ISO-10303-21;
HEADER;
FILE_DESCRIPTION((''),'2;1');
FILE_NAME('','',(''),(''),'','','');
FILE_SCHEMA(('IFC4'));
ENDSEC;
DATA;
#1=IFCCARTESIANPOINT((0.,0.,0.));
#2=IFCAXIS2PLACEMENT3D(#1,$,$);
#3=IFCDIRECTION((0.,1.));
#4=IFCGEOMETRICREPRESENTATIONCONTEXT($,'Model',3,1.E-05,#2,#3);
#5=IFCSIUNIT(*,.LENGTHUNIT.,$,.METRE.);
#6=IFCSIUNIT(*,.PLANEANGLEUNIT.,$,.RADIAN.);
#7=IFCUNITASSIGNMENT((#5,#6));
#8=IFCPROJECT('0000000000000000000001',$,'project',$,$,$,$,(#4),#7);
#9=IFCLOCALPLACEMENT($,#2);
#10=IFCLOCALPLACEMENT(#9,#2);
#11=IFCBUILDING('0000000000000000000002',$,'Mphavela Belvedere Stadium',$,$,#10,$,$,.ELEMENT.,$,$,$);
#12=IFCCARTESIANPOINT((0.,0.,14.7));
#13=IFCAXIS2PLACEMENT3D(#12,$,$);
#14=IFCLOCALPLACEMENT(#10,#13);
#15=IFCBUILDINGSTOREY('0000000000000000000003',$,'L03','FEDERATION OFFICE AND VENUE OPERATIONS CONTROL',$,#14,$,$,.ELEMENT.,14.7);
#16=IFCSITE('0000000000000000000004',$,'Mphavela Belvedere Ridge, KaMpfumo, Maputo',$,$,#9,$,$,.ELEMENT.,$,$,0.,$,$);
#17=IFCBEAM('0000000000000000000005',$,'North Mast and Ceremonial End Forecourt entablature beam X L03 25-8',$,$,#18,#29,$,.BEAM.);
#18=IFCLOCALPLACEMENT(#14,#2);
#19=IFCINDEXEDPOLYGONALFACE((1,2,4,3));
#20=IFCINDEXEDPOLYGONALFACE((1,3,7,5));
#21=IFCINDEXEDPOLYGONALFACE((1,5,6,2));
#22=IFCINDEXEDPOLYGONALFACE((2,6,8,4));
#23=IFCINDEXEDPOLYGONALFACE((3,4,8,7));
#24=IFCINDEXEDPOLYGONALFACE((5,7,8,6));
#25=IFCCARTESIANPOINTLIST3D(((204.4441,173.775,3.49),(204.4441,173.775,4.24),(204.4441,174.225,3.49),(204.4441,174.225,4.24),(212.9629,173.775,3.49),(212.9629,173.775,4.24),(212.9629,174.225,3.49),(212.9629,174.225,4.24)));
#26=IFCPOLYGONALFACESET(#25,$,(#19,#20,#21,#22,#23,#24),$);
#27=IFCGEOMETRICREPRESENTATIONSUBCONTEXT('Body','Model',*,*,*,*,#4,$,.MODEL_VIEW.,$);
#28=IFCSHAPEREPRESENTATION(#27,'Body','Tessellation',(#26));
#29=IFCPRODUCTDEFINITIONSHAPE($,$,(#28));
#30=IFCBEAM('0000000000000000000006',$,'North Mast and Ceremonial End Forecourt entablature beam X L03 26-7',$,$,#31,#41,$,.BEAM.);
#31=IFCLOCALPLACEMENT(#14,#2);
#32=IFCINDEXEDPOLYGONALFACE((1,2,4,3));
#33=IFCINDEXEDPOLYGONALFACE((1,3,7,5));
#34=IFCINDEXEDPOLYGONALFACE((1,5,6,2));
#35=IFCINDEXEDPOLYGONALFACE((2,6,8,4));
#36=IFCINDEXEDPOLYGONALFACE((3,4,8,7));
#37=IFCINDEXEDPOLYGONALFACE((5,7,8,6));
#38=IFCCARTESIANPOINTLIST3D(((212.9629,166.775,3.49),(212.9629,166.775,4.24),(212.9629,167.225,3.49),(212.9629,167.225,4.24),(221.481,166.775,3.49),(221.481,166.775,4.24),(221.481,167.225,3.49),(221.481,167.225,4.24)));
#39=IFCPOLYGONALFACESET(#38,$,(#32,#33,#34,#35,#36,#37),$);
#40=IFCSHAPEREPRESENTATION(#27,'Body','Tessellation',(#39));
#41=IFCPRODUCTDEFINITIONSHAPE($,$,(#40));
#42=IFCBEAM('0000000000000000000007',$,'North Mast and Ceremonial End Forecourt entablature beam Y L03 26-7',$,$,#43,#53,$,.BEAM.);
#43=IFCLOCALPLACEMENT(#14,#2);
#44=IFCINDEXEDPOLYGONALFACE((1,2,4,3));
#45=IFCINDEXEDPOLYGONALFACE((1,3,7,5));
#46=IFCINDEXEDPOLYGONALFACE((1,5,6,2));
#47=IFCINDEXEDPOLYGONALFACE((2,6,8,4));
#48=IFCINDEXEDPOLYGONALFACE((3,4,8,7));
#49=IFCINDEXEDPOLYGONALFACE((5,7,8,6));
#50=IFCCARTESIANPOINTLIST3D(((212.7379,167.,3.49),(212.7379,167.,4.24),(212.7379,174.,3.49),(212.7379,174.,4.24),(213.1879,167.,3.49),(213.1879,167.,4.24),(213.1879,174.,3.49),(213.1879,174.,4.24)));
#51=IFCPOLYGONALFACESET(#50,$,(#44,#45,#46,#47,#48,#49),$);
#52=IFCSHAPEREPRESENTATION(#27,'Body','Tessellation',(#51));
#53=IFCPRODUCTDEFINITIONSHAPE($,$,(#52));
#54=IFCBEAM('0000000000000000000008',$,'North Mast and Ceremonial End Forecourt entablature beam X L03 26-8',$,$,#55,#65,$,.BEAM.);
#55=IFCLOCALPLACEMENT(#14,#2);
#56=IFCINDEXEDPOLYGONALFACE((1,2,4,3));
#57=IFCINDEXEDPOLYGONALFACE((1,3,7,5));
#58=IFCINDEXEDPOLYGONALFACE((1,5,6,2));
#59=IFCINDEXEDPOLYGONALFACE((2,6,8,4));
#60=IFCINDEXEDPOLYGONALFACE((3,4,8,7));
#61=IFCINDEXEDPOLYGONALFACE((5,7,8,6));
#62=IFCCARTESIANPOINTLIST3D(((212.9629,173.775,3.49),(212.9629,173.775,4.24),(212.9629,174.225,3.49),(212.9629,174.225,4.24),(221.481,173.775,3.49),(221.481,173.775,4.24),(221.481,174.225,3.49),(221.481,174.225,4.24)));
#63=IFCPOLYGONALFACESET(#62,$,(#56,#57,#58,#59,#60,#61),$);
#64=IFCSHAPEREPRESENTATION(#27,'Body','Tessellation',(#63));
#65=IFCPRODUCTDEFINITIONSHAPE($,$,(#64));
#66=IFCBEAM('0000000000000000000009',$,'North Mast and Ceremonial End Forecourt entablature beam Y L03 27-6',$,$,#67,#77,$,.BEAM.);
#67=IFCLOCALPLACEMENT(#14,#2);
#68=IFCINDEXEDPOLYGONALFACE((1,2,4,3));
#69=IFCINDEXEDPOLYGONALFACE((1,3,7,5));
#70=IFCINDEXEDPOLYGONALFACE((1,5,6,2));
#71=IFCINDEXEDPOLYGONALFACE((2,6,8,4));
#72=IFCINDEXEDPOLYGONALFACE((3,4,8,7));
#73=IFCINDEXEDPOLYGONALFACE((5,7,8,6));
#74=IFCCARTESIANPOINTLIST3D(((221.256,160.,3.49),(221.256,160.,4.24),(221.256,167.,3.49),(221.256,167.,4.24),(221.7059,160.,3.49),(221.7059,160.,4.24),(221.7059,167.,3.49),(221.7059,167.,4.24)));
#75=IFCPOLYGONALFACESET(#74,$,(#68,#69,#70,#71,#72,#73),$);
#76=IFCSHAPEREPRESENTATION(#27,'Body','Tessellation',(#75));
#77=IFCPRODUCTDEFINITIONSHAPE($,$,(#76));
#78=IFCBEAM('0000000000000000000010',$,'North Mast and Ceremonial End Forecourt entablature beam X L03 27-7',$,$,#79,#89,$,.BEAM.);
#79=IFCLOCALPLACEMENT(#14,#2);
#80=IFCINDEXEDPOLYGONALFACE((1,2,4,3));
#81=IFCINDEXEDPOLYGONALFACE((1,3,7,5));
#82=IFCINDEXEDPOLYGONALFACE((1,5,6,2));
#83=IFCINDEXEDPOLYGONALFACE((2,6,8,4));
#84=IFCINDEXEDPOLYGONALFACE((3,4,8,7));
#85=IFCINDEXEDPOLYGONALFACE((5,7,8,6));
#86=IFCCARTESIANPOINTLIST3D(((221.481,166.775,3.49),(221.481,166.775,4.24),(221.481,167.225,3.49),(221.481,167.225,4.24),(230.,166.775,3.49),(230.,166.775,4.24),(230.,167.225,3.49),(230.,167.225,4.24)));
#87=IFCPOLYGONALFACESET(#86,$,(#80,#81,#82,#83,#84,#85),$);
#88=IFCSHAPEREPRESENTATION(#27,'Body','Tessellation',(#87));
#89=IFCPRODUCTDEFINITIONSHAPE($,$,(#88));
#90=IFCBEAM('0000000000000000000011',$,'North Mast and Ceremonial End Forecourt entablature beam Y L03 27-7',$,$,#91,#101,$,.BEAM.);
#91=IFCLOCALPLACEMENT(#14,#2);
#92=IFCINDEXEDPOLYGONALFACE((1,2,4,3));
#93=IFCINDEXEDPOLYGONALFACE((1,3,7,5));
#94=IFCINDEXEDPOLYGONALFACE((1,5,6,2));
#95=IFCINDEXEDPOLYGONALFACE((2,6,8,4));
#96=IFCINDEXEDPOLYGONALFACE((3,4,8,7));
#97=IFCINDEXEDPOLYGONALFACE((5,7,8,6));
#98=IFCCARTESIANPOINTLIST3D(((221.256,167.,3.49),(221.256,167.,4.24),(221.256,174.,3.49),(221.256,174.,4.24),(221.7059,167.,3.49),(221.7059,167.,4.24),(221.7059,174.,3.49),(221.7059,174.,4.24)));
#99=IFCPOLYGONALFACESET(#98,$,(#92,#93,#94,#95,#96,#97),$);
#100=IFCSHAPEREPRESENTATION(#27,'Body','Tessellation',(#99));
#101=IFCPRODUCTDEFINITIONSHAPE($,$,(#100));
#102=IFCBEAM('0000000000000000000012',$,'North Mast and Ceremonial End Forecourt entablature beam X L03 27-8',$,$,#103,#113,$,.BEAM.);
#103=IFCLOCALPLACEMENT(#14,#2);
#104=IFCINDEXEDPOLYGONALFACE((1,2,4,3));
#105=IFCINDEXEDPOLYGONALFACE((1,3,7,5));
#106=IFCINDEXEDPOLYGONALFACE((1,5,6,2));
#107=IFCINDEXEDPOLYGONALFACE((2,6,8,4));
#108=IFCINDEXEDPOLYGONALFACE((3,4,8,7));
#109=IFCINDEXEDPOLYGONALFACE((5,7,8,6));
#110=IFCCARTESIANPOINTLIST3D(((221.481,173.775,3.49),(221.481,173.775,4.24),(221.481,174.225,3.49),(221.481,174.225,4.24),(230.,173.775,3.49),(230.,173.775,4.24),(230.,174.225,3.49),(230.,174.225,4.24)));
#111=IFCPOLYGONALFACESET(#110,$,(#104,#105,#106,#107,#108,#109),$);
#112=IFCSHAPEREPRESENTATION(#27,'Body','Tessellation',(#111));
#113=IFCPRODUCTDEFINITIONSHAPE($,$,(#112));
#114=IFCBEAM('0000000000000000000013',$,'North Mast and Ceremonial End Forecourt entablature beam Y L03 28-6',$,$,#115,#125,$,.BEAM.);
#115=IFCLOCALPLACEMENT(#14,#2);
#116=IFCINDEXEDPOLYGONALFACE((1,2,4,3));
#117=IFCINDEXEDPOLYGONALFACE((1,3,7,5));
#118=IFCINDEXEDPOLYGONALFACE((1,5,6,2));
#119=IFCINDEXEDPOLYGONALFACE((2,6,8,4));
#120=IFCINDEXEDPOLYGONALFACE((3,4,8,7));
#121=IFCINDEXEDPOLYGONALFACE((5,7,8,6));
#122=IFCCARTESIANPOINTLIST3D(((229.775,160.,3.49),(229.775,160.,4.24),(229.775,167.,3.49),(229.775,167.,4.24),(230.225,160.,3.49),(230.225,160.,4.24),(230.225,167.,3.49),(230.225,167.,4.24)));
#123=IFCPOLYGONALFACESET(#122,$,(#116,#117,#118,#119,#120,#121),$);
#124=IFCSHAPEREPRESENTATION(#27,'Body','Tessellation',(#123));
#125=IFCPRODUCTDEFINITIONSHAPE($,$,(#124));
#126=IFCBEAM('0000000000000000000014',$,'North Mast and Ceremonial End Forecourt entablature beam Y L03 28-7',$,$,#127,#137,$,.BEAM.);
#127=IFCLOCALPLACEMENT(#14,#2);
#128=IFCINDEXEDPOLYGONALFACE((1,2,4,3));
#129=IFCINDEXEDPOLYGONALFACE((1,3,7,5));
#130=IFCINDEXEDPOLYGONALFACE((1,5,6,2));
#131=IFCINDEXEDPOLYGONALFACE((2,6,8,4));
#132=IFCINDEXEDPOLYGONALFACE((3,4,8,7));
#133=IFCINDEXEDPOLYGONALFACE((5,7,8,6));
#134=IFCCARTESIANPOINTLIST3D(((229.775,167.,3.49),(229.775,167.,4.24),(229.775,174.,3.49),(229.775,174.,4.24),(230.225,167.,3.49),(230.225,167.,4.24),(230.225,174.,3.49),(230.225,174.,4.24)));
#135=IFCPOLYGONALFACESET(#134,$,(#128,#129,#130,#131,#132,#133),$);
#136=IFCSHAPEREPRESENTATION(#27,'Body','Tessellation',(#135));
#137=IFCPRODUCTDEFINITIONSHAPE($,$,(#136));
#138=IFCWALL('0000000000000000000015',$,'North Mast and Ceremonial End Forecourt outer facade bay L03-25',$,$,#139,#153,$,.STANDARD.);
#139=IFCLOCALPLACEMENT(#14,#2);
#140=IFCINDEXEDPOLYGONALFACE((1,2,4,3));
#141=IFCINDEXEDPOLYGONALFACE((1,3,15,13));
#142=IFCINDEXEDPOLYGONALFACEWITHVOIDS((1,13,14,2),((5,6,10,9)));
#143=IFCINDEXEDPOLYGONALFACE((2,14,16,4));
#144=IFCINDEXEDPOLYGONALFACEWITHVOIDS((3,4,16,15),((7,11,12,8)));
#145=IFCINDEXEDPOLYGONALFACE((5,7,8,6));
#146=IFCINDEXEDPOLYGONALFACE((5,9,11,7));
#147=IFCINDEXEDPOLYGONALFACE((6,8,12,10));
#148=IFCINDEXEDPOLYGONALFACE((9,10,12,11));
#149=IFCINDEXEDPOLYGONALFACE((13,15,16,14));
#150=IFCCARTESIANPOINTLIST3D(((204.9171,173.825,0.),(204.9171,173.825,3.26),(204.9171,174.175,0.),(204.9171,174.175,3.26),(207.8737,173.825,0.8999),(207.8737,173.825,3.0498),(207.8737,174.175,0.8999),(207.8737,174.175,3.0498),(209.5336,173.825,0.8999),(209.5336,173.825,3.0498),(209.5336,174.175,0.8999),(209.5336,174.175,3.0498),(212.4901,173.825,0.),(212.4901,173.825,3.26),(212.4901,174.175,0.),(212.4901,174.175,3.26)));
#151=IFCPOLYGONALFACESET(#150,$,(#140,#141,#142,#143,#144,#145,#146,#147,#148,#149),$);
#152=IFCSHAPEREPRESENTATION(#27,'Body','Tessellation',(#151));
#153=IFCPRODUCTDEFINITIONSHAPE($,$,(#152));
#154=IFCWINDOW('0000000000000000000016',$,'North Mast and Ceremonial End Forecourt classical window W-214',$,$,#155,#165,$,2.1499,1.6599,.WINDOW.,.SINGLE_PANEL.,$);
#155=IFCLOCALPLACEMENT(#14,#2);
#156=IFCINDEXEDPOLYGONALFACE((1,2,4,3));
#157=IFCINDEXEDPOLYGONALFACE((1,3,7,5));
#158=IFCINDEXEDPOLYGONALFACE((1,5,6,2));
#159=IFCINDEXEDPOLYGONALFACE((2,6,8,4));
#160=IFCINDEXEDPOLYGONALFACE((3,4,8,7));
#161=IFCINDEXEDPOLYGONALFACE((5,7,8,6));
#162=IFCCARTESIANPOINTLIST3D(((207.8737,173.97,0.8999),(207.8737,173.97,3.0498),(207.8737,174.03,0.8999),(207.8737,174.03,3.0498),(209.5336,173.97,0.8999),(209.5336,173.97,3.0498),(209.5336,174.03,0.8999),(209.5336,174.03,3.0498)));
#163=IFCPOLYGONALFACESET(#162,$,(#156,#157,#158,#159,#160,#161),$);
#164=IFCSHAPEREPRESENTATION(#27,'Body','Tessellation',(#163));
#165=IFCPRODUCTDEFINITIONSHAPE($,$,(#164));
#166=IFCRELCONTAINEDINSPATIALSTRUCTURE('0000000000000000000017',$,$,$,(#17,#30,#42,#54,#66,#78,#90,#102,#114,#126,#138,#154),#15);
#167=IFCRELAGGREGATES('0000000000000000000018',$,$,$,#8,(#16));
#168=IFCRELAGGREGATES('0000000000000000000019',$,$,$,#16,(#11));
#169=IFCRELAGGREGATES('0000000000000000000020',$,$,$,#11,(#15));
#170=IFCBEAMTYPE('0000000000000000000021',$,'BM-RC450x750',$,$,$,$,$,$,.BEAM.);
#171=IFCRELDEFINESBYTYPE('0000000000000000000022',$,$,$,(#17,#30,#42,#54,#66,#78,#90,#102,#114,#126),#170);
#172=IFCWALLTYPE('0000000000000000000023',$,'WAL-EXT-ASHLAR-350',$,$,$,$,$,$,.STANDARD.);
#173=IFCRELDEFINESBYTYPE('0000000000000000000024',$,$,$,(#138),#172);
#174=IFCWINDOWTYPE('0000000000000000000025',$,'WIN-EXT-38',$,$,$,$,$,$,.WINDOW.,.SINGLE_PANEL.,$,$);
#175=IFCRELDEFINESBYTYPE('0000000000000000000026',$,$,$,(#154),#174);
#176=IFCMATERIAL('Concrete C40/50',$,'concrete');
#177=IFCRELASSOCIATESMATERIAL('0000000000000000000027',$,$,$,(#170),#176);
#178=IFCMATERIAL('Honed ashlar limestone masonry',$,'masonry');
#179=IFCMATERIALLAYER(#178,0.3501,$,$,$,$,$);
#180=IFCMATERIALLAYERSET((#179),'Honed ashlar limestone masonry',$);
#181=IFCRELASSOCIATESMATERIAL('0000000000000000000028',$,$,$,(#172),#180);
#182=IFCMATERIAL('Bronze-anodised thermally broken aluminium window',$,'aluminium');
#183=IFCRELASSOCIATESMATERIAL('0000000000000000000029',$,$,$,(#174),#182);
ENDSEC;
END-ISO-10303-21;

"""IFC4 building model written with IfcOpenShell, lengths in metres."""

from ifc_helpers import new_model, si_unit, direction, frame, frame_2d, origin, origin_2d, place, context, subcontext, project, spatial, rectangle, extrude, material, layer, layer_set, material_profile, profile_set, type_object, element, fill, save


model = new_model("IFC4")

# Units and contexts
model_context = context("Model", 3, precision=1e-05, world=origin(), true_north=direction((0.0, 1.0)))
body_context = subcontext(model_context, "Body", "Model", "MODEL_VIEW")
ifc_project = project(units=[si_unit("LENGTHUNIT", "METRE"), si_unit("PLANEANGLEUNIT", "RADIAN")], contexts=[model_context])

# Site, building, storey
site_placement = place(None, origin())
site = spatial("IfcSite", under=ifc_project, at=site_placement, Name="Mphavela Belvedere Ridge, KaMpfumo, Maputo", CompositionType="ELEMENT", RefElevation=0.0)
building_placement = place(site_placement, origin())
building = spatial("IfcBuilding", under=site, at=building_placement, Name="Mphavela Belvedere Stadium", CompositionType="ELEMENT")
storey_placement = place(building_placement, frame((0.0, 0.0, 14.7)))
storey = spatial("IfcBuildingStorey", under=building, at=storey_placement, Name="L03", Description="FEDERATION OFFICE AND VENUE OPERATIONS CONTROL", CompositionType="ELEMENT", Elevation=14.7)

# Beams
ifc_material_1 = material(Name="Concrete C40/50", Category="concrete")
ifc_material_profile_1 = material_profile(ifc_material_1, rectangle(XDim=0.45, YDim=0.75, at=origin_2d()), Name="RC 450x750")
ifc_profile_set_1 = profile_set([ifc_material_profile_1], Name="Concrete C40/50")
beam_type_1 = type_object("IfcBeamType", Name="BM-RC450x750", PredefinedType="BEAM", material=ifc_profile_set_1)
beam_1_placement = place(storey_placement, frame((204.4441, 174.0, 3.865), z_axis=(1.0, 0.0, 0.0), x_axis=(0.0, 1.0, 0.0)))
element("IfcBeam", 1, at=beam_1_placement, inside=storey, type_object=beam_type_1, Name="North Mast and Ceremonial End Forecourt entablature beam X L03 25-8", PredefinedType="BEAM", context=body_context, shape_type="SweptSolid", body=[
    extrude(rectangle(XDim=0.45, YDim=0.75, at=origin_2d()), origin(), (0.0, 0.0, 1.0), 8.5188),
])
beam_2_placement = place(storey_placement, frame((212.9629, 167.0, 3.865), z_axis=(1.0, 0.0, 0.0), x_axis=(0.0, 1.0, 0.0)))
element("IfcBeam", 2, at=beam_2_placement, inside=storey, type_object=beam_type_1, Name="North Mast and Ceremonial End Forecourt entablature beam X L03 26-7", PredefinedType="BEAM", context=body_context, shape_type="SweptSolid", body=[
    extrude(rectangle(XDim=0.45, YDim=0.75, at=origin_2d()), origin(), (0.0, 0.0, 1.0), 8.5181),
])
beam_3_placement = place(storey_placement, frame((212.9629, 167.0, 3.865), z_axis=(0.0, 1.0, 0.0), x_axis=(-1.0, 0.0, 0.0)))
element("IfcBeam", 3, at=beam_3_placement, inside=storey, type_object=beam_type_1, Name="North Mast and Ceremonial End Forecourt entablature beam Y L03 26-7", PredefinedType="BEAM", context=body_context, shape_type="SweptSolid", body=[
    extrude(rectangle(XDim=0.45, YDim=0.75, at=origin_2d()), origin(), (0.0, 0.0, 1.0), 7.0),
])
beam_4_placement = place(storey_placement, frame((212.9629, 174.0, 3.865), z_axis=(1.0, 0.0, 0.0), x_axis=(0.0, 1.0, 0.0)))
element("IfcBeam", 4, at=beam_4_placement, inside=storey, type_object=beam_type_1, Name="North Mast and Ceremonial End Forecourt entablature beam X L03 26-8", PredefinedType="BEAM", context=body_context, shape_type="SweptSolid", body=[
    extrude(rectangle(XDim=0.45, YDim=0.75, at=origin_2d()), origin(), (0.0, 0.0, 1.0), 8.5181),
])
beam_5_placement = place(storey_placement, frame((221.481, 160.0, 3.865), z_axis=(0.0, 1.0, 0.0), x_axis=(-1.0, 0.0, 0.0)))
element("IfcBeam", 5, at=beam_5_placement, inside=storey, type_object=beam_type_1, Name="North Mast and Ceremonial End Forecourt entablature beam Y L03 27-6", PredefinedType="BEAM", context=body_context, shape_type="SweptSolid", body=[
    extrude(rectangle(XDim=0.45, YDim=0.75, at=origin_2d()), origin(), (0.0, 0.0, 1.0), 7.0),
])
beam_6_placement = place(storey_placement, frame((221.481, 167.0, 3.865), z_axis=(1.0, 0.0, 0.0), x_axis=(0.0, 1.0, 0.0)))
element("IfcBeam", 6, at=beam_6_placement, inside=storey, type_object=beam_type_1, Name="North Mast and Ceremonial End Forecourt entablature beam X L03 27-7", PredefinedType="BEAM", context=body_context, shape_type="SweptSolid", body=[
    extrude(rectangle(XDim=0.45, YDim=0.75, at=origin_2d()), origin(), (0.0, 0.0, 1.0), 8.519),
])
beam_7_placement = place(storey_placement, frame((221.481, 167.0, 3.865), z_axis=(0.0, 1.0, 0.0), x_axis=(-1.0, 0.0, 0.0)))
element("IfcBeam", 7, at=beam_7_placement, inside=storey, type_object=beam_type_1, Name="North Mast and Ceremonial End Forecourt entablature beam Y L03 27-7", PredefinedType="BEAM", context=body_context, shape_type="SweptSolid", body=[
    extrude(rectangle(XDim=0.45, YDim=0.75, at=origin_2d()), origin(), (0.0, 0.0, 1.0), 7.0),
])
beam_8_placement = place(storey_placement, frame((221.481, 174.0, 3.865), z_axis=(1.0, 0.0, 0.0), x_axis=(0.0, 1.0, 0.0)))
element("IfcBeam", 8, at=beam_8_placement, inside=storey, type_object=beam_type_1, Name="North Mast and Ceremonial End Forecourt entablature beam X L03 27-8", PredefinedType="BEAM", context=body_context, shape_type="SweptSolid", body=[
    extrude(rectangle(XDim=0.45, YDim=0.75, at=origin_2d()), origin(), (0.0, 0.0, 1.0), 8.519),
])
for number, where, z_axis, x_axis, name in (
    (9, (230.0, 160.0, 3.865), (0.0, 1.0, 0.0), (-1.0, 0.0, 0.0), "North Mast and Ceremonial End Forecourt entablature beam Y L03 28-6"),
    (10, (230.0, 167.0, 3.865), (0.0, 1.0, 0.0), (-1.0, 0.0, 0.0), "North Mast and Ceremonial End Forecourt entablature beam Y L03 28-7"),
):
    element("IfcBeam", number, at=place(storey_placement, frame(where, z_axis=z_axis, x_axis=x_axis)), inside=storey, type_object=beam_type_1, Name=name, PredefinedType="BEAM", context=body_context, shape_type="SweptSolid", body=[
        extrude(rectangle(XDim=0.45, YDim=0.75, at=origin_2d()), origin(), (0.0, 0.0, 1.0), 7.0),
    ])

# Wall, opening, window
ifc_material_2 = material(Name="Honed ashlar limestone masonry", Category="masonry")
ifc_layer_1 = layer(ifc_material_2, 0.3501)
ifc_layer_set_1 = layer_set([ifc_layer_1], Name="Honed ashlar limestone masonry")
wall_type_1 = type_object("IfcWallType", Name="WAL-EXT-ASHLAR-350", PredefinedType="STANDARD", material=ifc_layer_set_1)
wall_1_placement = place(storey_placement, frame((204.917, 174.0, 0.0), z_axis=(0.0, 0.0, 1.0), x_axis=(1.0, 0.0, 0.0)))
wall_1 = element("IfcWall", 11, at=wall_1_placement, inside=storey, type_object=wall_type_1, Name="North Mast and Ceremonial End Forecourt outer facade bay L03-25", PredefinedType="STANDARD", context=body_context, shape_type="SweptSolid", body=[
    extrude(rectangle(XDim=7.573, YDim=0.3501, at=frame_2d((3.7866, 0.0))), origin(), (0.0, 0.0, 1.0), 3.26),
])
opening_1_placement = place(wall_1_placement, frame((2.9565, 0.0, 0.8999)))
opening_1 = element("IfcOpeningElement", 12, at=opening_1_placement, cuts=wall_1, PredefinedType="OPENING", context=body_context, shape_type="SweptSolid", body=[
    extrude(rectangle(XDim=1.6599, YDim=2.1499, at=frame_2d((0.8301, 1.075))), frame((0.0, 0.1851, 0.0), z_axis=(0.0, -1.0, 0.0), x_axis=(1.0, 0.0, 0.0)), (0.0, 0.0, 1.0), 0.3701),
])
ifc_material_3 = material(Name="Bronze-anodised thermally broken aluminium window", Category="aluminium")
window_type_1 = type_object("IfcWindowType", Name="WIN-EXT-38", PartitioningType="SINGLE_PANEL", PredefinedType="WINDOW", material=ifc_material_3)
window_1_placement = place(opening_1_placement, origin())
window_1 = element("IfcWindow", 13, at=window_1_placement, inside=storey, type_object=window_type_1, Name="North Mast and Ceremonial End Forecourt classical window W-214", OverallHeight=2.1499, OverallWidth=1.6599, PartitioningType="SINGLE_PANEL", PredefinedType="WINDOW", context=body_context, shape_type="SweptSolid", body=[
    extrude(rectangle(XDim=1.6599, YDim=2.1499, at=frame_2d((0.8301, 1.075))), frame((0.0, 0.03, 0.0), z_axis=(0.0, -1.0, 0.0), x_axis=(1.0, 0.0, 0.0)), (0.0, 0.0, 1.0), 0.0601),
])
fill(opening_1, window_1)

save(model, "model.ifc")
